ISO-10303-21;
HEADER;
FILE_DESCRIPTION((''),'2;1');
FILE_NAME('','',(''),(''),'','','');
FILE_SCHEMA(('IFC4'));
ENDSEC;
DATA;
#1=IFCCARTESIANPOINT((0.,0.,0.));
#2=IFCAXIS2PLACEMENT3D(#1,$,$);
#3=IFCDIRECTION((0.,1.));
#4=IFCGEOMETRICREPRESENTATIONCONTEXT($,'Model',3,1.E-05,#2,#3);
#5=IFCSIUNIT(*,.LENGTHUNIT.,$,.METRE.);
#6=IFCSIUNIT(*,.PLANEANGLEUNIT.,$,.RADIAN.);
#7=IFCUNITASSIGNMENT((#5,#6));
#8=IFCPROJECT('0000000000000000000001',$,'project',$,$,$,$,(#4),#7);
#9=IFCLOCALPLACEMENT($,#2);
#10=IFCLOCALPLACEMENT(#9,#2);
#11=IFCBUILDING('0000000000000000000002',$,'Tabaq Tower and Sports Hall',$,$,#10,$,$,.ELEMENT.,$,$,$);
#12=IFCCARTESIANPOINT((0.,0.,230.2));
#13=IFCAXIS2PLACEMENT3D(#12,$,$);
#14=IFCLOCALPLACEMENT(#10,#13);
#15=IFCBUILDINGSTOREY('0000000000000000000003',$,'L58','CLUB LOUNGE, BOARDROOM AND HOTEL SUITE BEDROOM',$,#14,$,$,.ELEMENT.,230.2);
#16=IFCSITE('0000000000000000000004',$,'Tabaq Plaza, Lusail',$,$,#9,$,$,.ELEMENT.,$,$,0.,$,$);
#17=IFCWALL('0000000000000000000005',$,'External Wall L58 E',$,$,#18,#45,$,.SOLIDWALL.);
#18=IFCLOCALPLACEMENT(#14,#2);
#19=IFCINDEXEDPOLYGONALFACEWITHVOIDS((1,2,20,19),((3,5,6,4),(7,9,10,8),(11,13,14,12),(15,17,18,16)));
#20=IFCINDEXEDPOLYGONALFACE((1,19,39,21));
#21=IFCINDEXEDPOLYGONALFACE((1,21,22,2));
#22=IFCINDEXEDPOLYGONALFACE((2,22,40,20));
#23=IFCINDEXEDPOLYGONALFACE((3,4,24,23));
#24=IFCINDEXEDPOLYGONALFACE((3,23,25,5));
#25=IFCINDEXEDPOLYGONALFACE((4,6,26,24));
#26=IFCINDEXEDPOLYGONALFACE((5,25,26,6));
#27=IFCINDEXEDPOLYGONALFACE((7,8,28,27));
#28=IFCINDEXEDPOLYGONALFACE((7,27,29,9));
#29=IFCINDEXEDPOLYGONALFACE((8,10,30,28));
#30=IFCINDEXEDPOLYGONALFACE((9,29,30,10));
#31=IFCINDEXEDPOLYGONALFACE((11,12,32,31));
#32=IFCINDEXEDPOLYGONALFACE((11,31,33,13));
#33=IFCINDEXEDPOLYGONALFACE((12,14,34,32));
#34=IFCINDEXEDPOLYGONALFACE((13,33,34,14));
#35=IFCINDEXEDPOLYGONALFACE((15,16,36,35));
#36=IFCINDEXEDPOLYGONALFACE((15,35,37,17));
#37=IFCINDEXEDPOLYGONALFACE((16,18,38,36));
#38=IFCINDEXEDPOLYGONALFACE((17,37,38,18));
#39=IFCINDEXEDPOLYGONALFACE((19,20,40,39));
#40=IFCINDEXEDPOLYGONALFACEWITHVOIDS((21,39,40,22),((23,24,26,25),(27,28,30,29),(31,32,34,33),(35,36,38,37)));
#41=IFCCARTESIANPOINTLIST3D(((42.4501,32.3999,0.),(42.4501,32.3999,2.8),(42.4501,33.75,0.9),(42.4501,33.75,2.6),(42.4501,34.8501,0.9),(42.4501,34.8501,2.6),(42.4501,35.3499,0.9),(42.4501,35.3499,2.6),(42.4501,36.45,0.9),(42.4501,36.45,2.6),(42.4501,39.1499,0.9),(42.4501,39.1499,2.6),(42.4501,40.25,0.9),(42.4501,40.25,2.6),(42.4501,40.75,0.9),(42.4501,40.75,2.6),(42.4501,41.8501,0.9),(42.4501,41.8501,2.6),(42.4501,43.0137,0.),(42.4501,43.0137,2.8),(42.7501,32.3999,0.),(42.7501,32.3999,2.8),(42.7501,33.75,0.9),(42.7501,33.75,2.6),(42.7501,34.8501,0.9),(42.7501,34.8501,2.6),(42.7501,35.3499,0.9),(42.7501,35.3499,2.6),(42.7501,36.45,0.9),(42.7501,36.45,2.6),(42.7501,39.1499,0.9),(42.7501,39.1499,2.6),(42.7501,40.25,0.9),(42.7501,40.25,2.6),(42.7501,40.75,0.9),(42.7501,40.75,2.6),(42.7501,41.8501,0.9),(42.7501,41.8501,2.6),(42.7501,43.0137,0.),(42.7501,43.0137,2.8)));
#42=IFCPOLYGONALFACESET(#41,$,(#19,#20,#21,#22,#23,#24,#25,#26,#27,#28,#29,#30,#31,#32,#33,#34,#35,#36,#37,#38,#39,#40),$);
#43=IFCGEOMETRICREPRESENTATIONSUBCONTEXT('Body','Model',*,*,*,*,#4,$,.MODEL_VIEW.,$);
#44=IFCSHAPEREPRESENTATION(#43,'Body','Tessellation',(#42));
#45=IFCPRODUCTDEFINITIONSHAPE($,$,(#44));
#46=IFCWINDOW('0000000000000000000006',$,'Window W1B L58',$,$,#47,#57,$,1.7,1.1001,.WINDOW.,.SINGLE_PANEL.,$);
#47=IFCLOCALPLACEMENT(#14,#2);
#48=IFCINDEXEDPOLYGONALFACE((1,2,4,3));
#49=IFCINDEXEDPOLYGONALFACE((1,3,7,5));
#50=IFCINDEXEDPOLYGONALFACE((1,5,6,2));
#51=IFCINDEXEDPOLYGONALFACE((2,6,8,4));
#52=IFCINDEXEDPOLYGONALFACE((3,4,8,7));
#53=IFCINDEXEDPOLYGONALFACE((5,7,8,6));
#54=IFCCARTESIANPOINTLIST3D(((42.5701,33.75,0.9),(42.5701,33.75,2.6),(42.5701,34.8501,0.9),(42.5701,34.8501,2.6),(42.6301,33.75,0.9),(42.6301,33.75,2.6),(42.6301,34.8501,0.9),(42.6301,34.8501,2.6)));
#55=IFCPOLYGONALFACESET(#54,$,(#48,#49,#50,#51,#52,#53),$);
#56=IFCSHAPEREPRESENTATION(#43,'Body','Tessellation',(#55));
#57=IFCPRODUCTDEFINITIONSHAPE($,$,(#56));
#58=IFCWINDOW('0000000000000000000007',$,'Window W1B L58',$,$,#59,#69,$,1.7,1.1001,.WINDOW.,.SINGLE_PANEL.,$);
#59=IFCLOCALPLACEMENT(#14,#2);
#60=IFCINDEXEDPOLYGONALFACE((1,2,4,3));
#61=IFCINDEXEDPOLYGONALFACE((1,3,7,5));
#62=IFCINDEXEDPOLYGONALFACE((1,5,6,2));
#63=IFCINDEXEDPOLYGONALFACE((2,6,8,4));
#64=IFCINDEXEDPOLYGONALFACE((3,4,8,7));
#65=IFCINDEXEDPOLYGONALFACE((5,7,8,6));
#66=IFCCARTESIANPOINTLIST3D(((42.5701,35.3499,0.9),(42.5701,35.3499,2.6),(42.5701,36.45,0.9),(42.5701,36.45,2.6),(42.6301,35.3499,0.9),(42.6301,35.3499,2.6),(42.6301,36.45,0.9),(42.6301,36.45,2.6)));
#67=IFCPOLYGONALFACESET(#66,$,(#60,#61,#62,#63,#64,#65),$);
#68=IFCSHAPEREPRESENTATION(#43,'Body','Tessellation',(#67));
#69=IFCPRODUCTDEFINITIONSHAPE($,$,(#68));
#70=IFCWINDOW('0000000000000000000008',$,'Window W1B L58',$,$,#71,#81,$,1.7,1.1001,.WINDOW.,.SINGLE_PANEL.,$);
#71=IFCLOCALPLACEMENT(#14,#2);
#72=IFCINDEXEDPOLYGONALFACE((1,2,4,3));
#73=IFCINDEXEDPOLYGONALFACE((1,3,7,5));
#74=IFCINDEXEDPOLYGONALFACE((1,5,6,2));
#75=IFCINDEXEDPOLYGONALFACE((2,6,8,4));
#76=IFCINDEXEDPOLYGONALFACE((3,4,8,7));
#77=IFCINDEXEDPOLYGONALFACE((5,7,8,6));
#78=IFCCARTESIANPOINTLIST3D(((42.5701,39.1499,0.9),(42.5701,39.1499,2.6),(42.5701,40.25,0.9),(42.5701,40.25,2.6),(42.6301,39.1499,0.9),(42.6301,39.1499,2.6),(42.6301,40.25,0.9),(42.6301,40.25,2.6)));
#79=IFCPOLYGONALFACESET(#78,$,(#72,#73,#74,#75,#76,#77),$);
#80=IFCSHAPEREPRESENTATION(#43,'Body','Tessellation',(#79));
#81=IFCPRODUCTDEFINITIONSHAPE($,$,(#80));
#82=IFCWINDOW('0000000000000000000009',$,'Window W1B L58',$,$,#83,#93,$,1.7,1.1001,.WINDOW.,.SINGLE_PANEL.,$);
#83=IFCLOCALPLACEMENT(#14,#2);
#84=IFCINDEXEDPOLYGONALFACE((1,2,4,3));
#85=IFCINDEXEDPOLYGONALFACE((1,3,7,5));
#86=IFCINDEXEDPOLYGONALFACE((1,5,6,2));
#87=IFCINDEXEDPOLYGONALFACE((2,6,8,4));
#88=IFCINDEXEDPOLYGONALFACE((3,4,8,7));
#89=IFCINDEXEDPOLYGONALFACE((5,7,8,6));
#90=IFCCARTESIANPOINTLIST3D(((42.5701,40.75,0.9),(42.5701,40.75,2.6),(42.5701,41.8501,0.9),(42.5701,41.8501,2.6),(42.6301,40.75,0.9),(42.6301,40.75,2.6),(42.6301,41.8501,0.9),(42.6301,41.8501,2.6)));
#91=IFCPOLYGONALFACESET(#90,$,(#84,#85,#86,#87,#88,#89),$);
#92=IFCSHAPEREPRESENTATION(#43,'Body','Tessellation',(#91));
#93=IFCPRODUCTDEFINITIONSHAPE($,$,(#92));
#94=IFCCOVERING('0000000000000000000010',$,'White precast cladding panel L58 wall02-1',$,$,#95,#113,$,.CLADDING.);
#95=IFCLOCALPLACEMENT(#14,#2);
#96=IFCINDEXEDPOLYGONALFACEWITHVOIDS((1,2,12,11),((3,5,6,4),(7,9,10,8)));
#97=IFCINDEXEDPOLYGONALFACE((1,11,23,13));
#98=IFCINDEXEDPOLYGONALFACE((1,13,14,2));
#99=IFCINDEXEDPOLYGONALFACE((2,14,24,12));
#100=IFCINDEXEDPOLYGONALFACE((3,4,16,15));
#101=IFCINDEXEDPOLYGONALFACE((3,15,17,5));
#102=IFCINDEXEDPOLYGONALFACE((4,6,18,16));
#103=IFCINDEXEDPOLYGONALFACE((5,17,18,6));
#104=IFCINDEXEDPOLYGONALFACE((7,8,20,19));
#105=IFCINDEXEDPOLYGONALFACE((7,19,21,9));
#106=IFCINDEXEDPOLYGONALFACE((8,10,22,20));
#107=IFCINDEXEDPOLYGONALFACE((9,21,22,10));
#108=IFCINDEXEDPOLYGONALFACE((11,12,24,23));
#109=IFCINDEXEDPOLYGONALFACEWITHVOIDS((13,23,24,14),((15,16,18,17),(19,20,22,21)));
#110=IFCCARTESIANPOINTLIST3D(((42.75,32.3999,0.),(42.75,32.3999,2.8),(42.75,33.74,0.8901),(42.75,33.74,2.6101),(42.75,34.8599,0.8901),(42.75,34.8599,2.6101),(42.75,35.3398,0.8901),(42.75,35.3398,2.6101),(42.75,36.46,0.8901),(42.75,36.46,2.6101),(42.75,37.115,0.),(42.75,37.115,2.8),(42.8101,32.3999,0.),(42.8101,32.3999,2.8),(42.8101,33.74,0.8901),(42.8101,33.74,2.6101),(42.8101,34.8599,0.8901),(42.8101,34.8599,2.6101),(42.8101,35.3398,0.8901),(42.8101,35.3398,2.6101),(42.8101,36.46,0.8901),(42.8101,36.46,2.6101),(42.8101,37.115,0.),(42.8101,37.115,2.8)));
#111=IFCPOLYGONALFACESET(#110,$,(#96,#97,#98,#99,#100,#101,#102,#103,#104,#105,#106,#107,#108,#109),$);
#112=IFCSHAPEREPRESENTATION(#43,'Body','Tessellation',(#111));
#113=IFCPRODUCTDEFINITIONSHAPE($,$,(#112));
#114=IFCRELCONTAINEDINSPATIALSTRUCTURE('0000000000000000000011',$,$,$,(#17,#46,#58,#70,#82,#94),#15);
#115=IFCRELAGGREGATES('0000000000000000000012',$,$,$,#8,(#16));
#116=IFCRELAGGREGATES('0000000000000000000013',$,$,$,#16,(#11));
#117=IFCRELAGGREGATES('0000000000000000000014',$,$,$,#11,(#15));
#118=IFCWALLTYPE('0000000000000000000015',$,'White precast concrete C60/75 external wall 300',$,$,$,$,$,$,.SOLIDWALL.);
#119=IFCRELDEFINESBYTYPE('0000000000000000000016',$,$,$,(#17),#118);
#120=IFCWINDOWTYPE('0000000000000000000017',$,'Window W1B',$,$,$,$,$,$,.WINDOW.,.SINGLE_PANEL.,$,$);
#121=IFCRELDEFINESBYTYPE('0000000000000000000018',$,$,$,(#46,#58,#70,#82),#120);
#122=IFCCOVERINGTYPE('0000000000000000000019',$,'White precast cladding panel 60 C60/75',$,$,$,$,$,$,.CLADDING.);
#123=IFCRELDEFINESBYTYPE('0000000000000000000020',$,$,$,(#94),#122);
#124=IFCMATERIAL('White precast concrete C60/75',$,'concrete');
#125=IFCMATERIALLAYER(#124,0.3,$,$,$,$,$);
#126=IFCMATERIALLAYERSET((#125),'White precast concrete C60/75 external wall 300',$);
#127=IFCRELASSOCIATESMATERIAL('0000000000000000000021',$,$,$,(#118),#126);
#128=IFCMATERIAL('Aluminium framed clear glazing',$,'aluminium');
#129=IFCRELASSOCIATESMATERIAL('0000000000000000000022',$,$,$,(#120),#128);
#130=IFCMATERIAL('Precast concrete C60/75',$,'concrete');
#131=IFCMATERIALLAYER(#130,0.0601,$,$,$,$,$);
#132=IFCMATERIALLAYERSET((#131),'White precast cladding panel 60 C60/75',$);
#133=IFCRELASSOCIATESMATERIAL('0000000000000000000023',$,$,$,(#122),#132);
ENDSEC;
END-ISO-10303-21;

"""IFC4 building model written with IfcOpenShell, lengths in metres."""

from ifc_helpers import new_model, si_unit, direction, frame, frame_2d, origin, place, context, subcontext, project, spatial, polyline, rectangle, outline, extrude, material, layer, layer_set, type_object, element, fill, save


model = new_model("IFC4")

# Units and contexts
model_context = context("Model", 3, precision=1e-05, world=origin(), true_north=direction((0.0, 1.0)))
body_context = subcontext(model_context, "Body", "Model", "MODEL_VIEW")
ifc_project = project(units=[si_unit("LENGTHUNIT", "METRE"), si_unit("PLANEANGLEUNIT", "RADIAN")], contexts=[model_context])

# Site, building, storey
site_placement = place(None, origin())
site = spatial("IfcSite", under=ifc_project, at=site_placement, Name="Tabaq Plaza, Lusail", CompositionType="ELEMENT", RefElevation=0.0)
building_placement = place(site_placement, origin())
building = spatial("IfcBuilding", under=site, at=building_placement, Name="Tabaq Tower and Sports Hall", CompositionType="ELEMENT")
storey_placement = place(building_placement, frame((0.0, 0.0, 230.2)))
storey = spatial("IfcBuildingStorey", under=building, at=storey_placement, Name="L58", Description="CLUB LOUNGE, BOARDROOM AND HOTEL SUITE BEDROOM", CompositionType="ELEMENT", Elevation=230.2)

# Wall, openings, windows
ifc_material_1 = material(Name="White precast concrete C60/75", Category="concrete")
ifc_layer_1 = layer(ifc_material_1, 0.3)
ifc_layer_set_1 = layer_set([ifc_layer_1], Name="White precast concrete C60/75 external wall 300")
wall_type_1 = type_object("IfcWallType", Name="White precast concrete C60/75 external wall 300", PredefinedType="SOLIDWALL", material=ifc_layer_set_1)
wall_1_placement = place(storey_placement, frame((42.6001, 32.3999, 0.0), z_axis=(0.0, 0.0, 1.0), x_axis=(0.0, 1.0, 0.0)))
wall_1 = element("IfcWall", 1, at=wall_1_placement, inside=storey, type_object=wall_type_1, Name="External Wall L58 E", PredefinedType="SOLIDWALL", context=body_context, shape_type="SweptSolid", body=[
    extrude(rectangle(XDim=10.6138, YDim=0.3, at=frame_2d((5.3069, 0.0))), origin(), (0.0, 0.0, 1.0), 2.8),
])
opening_1_placement = place(wall_1_placement, frame((1.3501, 0.0, 0.8999)))
opening_1 = element("IfcOpeningElement", 2, at=opening_1_placement, cuts=wall_1, PredefinedType="OPENING", context=body_context, shape_type="SweptSolid", body=[
    extrude(rectangle(XDim=1.1001, YDim=1.7, at=frame_2d((0.55, 0.8501))), frame((0.0, 0.1602, 0.0), z_axis=(0.0, -1.0, 0.0), x_axis=(1.0, 0.0, 0.0)), (0.0, 0.0, 1.0), 0.3201),
])
opening_2_placement = place(wall_1_placement, frame((2.95, 0.0, 0.8999)))
opening_2 = element("IfcOpeningElement", 3, at=opening_2_placement, cuts=wall_1, PredefinedType="OPENING", context=body_context, shape_type="SweptSolid", body=[
    extrude(rectangle(XDim=1.1001, YDim=1.7, at=frame_2d((0.55, 0.8501))), frame((0.0, 0.1602, 0.0), z_axis=(0.0, -1.0, 0.0), x_axis=(1.0, 0.0, 0.0)), (0.0, 0.0, 1.0), 0.3201),
])
opening_3_placement = place(wall_1_placement, frame((6.75, 0.0, 0.8999)))
opening_3 = element("IfcOpeningElement", 4, at=opening_3_placement, cuts=wall_1, PredefinedType="OPENING", context=body_context, shape_type="SweptSolid", body=[
    extrude(rectangle(XDim=1.1001, YDim=1.7, at=frame_2d((0.55, 0.8501))), frame((0.0, 0.1602, 0.0), z_axis=(0.0, -1.0, 0.0), x_axis=(1.0, 0.0, 0.0)), (0.0, 0.0, 1.0), 0.3201),
])
opening_4_placement = place(wall_1_placement, frame((8.3501, 0.0, 0.8999)))
opening_4 = element("IfcOpeningElement", 5, at=opening_4_placement, cuts=wall_1, PredefinedType="OPENING", context=body_context, shape_type="SweptSolid", body=[
    extrude(rectangle(XDim=1.1001, YDim=1.7, at=frame_2d((0.55, 0.8501))), frame((0.0, 0.1602, 0.0), z_axis=(0.0, -1.0, 0.0), x_axis=(1.0, 0.0, 0.0)), (0.0, 0.0, 1.0), 0.3201),
])
ifc_material_2 = material(Name="Aluminium framed clear glazing", Category="aluminium")
window_type = type_object("IfcWindowType", Name="Window W1B", PartitioningType="SINGLE_PANEL", PredefinedType="WINDOW", material=ifc_material_2)
window_1_placement = place(opening_1_placement, origin())
window_1 = element("IfcWindow", 6, at=window_1_placement, inside=storey, type_object=window_type, Name="Window W1B L58", OverallHeight=1.7, OverallWidth=1.1001, PartitioningType="SINGLE_PANEL", PredefinedType="WINDOW", context=body_context, shape_type="SweptSolid", body=[
    extrude(rectangle(XDim=1.1001, YDim=1.7, at=frame_2d((0.55, 0.8501))), frame((0.0, 0.03, 0.0), z_axis=(0.0, -1.0, 0.0), x_axis=(1.0, 0.0, 0.0)), (0.0, 0.0, 1.0), 0.0601),
])
fill(opening_1, window_1)
window_2_placement = place(opening_2_placement, origin())
window_2 = element("IfcWindow", 7, at=window_2_placement, inside=storey, type_object=window_type, Name="Window W1B L58", OverallHeight=1.7, OverallWidth=1.1001, PartitioningType="SINGLE_PANEL", PredefinedType="WINDOW", context=body_context, shape_type="SweptSolid", body=[
    extrude(rectangle(XDim=1.1001, YDim=1.7, at=frame_2d((0.55, 0.8501))), frame((0.0, 0.03, 0.0), z_axis=(0.0, -1.0, 0.0), x_axis=(1.0, 0.0, 0.0)), (0.0, 0.0, 1.0), 0.0601),
])
fill(opening_2, window_2)
window_3_placement = place(opening_3_placement, origin())
window_3 = element("IfcWindow", 8, at=window_3_placement, inside=storey, type_object=window_type, Name="Window W1B L58", OverallHeight=1.7, OverallWidth=1.1001, PartitioningType="SINGLE_PANEL", PredefinedType="WINDOW", context=body_context, shape_type="SweptSolid", body=[
    extrude(rectangle(XDim=1.1001, YDim=1.7, at=frame_2d((0.55, 0.8501))), frame((0.0, 0.03, 0.0), z_axis=(0.0, -1.0, 0.0), x_axis=(1.0, 0.0, 0.0)), (0.0, 0.0, 1.0), 0.0601),
])
fill(opening_3, window_3)
window_4_placement = place(opening_4_placement, origin())
window_4 = element("IfcWindow", 9, at=window_4_placement, inside=storey, type_object=window_type, Name="Window W1B L58", OverallHeight=1.7, OverallWidth=1.1001, PartitioningType="SINGLE_PANEL", PredefinedType="WINDOW", context=body_context, shape_type="SweptSolid", body=[
    extrude(rectangle(XDim=1.1001, YDim=1.7, at=frame_2d((0.55, 0.8501))), frame((0.0, 0.03, 0.0), z_axis=(0.0, -1.0, 0.0), x_axis=(1.0, 0.0, 0.0)), (0.0, 0.0, 1.0), 0.0601),
])
fill(opening_4, window_4)

# Covering
ifc_material_3 = material(Name="Precast concrete C60/75", Category="concrete")
ifc_layer_2 = layer(ifc_material_3, 0.0601)
ifc_layer_set_2 = layer_set([ifc_layer_2], Name="White precast cladding panel 60 C60/75")
covering_type = type_object("IfcCoveringType", Name="White precast cladding panel 60 C60/75", PredefinedType="CLADDING", material=ifc_layer_set_2)
covering_placement = place(storey_placement, frame((42.78, 32.3999, 0.0), z_axis=(0.0, 0.0, 1.0), x_axis=(0.0, 1.0, 0.0)))
element("IfcCovering", 10, at=covering_placement, inside=storey, type_object=covering_type, Name="White precast cladding panel L58 wall02-1", PredefinedType="CLADDING", context=body_context, shape_type="SweptSolid", body=[
    extrude(outline(polyline([(0.0, 0.0), (4.7151, 0.0), (4.7151, 2.8), (0.0, 2.8), (0.0, 0.0)]), holes=[polyline([(1.3401, 2.6101), (2.46, 2.6101), (2.46, 0.8901), (1.3401, 0.8901), (1.3401, 2.6101)]), polyline([(2.9399, 2.6101), (4.0601, 2.6101), (4.0601, 0.8901), (2.9399, 0.8901), (2.9399, 2.6101)])]), frame((0.0, 0.03, 0.0), z_axis=(0.0, -1.0, 0.0), x_axis=(1.0, 0.0, 0.0)), (0.0, 0.0, 1.0), 0.0601),
])

save(model, "model.ifc")
